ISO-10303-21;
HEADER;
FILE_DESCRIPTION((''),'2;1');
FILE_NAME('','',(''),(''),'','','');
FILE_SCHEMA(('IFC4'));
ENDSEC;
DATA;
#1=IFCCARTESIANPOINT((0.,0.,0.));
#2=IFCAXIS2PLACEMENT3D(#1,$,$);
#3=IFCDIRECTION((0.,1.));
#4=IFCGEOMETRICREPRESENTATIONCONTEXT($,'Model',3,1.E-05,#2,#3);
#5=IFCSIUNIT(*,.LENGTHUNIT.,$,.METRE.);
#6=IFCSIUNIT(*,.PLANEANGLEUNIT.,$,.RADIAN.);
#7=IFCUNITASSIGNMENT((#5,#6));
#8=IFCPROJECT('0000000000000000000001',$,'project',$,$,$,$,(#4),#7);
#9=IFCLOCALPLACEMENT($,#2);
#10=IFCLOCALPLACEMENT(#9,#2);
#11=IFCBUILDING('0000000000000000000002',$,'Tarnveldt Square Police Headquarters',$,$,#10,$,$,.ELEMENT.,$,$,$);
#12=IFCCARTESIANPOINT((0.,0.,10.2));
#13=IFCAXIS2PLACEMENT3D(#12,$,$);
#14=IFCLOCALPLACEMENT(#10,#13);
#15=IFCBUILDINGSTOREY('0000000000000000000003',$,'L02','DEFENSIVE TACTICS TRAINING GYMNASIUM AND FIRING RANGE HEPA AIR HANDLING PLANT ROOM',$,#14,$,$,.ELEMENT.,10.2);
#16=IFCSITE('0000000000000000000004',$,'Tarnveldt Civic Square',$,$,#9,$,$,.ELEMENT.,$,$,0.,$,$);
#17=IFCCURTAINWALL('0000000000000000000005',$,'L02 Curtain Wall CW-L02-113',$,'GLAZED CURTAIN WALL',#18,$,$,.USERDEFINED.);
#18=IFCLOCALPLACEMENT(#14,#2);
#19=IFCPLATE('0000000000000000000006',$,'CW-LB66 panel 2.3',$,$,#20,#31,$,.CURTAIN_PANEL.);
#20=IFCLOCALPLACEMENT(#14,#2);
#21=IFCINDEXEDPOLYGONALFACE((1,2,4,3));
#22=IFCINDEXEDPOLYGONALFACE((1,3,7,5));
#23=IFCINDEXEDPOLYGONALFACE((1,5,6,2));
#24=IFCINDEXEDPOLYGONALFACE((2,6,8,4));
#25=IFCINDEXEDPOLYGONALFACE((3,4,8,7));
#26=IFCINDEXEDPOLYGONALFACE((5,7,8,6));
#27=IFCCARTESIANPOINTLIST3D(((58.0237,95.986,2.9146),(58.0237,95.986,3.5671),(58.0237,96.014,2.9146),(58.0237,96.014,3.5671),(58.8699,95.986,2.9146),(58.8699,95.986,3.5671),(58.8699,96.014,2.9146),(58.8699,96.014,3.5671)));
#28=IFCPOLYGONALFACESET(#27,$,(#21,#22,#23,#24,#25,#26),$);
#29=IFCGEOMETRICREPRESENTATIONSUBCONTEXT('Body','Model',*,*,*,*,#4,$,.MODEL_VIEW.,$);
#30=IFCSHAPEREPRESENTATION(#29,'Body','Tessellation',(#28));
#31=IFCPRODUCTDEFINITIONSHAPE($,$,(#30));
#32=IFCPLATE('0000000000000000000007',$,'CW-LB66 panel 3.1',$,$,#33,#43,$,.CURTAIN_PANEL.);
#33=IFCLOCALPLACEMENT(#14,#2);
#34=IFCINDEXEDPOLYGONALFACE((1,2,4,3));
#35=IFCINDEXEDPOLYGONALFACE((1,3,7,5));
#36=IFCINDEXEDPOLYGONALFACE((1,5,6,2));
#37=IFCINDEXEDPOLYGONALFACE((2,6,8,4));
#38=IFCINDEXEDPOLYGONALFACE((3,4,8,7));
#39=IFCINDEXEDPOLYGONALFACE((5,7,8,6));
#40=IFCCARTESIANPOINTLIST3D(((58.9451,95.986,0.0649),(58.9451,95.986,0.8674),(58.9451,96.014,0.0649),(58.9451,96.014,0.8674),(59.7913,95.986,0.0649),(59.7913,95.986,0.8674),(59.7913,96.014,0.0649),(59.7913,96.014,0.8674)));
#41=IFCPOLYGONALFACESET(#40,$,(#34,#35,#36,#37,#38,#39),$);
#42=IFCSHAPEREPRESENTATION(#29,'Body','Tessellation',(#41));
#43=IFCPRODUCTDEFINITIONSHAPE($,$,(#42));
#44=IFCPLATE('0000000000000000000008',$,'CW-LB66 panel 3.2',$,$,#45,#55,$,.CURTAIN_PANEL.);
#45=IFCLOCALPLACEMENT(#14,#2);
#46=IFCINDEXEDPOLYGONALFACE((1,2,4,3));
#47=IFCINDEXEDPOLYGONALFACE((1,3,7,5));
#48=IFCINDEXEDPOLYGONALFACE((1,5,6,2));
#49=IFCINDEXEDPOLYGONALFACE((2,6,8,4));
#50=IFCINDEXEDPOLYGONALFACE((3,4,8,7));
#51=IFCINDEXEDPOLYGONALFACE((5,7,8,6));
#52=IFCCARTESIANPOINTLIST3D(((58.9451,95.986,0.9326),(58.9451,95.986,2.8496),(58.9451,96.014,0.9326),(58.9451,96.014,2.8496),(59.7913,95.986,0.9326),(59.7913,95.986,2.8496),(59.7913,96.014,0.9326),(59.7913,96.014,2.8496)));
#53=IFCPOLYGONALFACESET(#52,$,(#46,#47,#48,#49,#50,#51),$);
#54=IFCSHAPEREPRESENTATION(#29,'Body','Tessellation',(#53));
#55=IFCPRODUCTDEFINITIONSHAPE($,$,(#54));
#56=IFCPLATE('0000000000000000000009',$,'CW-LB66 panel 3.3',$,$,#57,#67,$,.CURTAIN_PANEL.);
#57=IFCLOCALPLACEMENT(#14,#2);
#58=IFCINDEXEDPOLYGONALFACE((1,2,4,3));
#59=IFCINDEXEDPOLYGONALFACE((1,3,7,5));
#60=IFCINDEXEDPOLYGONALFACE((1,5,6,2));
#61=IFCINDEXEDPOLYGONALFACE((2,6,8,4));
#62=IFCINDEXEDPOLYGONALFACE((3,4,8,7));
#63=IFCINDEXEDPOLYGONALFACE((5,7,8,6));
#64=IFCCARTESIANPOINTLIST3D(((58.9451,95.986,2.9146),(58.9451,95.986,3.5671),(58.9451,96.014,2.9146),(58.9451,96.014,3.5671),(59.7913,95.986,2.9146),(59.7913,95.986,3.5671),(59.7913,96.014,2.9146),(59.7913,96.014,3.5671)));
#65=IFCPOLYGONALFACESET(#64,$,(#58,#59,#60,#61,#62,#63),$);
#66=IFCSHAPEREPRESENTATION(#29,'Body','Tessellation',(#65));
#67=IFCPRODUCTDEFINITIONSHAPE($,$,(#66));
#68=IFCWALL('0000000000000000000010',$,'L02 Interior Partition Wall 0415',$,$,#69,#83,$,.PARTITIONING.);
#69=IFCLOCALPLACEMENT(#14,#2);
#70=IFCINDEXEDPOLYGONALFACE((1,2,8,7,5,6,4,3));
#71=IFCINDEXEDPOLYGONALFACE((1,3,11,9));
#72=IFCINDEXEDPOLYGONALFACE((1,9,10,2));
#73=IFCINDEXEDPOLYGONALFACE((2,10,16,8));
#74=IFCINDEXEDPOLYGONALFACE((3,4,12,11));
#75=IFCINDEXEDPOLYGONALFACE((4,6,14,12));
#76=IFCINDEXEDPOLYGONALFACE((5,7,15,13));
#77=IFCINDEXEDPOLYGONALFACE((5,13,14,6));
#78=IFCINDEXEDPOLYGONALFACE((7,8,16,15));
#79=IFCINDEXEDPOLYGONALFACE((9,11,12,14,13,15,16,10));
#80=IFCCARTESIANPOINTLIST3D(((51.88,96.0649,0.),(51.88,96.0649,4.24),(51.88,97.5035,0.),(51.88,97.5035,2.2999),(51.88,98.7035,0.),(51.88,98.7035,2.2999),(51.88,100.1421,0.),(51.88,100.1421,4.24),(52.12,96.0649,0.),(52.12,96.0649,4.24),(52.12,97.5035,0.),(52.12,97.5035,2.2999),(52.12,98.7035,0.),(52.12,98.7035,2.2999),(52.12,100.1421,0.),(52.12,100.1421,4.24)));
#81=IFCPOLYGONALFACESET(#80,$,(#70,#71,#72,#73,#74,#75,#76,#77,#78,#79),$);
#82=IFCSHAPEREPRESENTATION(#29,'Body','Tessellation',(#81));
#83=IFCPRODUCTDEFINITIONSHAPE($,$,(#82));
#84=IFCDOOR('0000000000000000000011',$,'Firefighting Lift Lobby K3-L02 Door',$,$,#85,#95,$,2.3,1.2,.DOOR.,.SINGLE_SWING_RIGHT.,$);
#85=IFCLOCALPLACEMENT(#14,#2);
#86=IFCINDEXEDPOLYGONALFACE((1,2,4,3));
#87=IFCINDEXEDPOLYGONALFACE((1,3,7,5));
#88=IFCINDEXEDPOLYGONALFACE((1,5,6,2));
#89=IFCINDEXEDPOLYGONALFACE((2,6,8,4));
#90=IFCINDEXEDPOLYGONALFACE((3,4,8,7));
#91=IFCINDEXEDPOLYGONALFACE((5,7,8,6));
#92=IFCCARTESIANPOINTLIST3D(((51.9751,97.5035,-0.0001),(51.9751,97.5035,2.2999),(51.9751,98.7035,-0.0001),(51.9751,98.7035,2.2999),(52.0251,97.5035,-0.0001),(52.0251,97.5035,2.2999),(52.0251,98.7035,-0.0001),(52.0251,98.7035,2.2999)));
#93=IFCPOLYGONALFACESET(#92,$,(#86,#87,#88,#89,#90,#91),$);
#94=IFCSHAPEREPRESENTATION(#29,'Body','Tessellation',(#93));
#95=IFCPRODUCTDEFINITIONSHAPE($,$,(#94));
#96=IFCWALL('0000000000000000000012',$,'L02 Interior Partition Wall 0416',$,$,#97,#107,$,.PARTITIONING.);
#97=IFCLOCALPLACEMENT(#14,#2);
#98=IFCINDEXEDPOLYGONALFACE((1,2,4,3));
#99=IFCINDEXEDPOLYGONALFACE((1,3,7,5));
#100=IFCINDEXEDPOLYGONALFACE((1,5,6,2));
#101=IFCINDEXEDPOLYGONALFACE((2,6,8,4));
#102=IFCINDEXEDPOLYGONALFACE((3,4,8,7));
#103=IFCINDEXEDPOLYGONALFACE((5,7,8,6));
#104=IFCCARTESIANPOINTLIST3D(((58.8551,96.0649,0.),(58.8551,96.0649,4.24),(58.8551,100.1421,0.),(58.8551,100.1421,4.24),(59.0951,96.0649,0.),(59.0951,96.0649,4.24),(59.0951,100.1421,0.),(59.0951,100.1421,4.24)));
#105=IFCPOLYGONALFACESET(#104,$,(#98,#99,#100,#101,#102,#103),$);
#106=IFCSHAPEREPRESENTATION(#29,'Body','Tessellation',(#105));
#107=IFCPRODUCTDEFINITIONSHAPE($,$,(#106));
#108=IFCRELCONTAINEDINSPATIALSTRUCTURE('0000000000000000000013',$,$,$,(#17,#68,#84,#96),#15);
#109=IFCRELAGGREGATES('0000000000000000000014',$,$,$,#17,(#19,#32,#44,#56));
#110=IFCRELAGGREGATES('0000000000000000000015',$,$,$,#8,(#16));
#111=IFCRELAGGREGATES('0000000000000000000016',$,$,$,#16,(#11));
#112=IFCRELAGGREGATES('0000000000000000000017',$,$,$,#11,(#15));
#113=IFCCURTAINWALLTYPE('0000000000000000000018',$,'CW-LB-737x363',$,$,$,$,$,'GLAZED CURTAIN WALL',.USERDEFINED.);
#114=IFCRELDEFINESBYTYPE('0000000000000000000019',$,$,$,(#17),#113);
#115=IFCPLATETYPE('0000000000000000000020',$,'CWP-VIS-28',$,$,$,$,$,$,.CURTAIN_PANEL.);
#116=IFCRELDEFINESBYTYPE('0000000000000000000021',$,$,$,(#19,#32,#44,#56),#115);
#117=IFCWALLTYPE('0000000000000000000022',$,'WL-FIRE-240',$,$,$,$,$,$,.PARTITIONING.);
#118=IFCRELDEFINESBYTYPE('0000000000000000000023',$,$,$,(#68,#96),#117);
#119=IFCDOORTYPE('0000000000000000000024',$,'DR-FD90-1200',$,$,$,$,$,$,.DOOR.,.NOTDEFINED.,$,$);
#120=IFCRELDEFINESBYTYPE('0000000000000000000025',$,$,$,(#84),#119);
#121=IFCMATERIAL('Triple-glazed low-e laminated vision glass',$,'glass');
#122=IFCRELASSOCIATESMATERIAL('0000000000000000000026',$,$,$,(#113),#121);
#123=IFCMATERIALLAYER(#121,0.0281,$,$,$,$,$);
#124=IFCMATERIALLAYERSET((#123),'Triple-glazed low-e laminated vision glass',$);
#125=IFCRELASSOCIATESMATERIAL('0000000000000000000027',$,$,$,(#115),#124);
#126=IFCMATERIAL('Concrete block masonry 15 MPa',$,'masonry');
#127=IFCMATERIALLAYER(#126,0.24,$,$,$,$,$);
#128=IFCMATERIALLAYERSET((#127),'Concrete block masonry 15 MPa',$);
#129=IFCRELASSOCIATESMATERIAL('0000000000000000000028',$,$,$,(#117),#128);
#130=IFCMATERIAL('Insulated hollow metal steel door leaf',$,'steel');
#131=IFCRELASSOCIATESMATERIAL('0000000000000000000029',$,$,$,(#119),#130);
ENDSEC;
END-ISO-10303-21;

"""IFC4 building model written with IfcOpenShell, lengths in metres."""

from ifc_helpers import new_model, si_unit, direction, frame, frame_2d, origin, origin_2d, place, context, subcontext, project, spatial, rectangle, extrude, material, layer, layer_set, type_object, element, fill, aggregate, save


model = new_model("IFC4")

# Units and contexts
model_context = context("Model", 3, precision=1e-05, world=origin(), true_north=direction((0.0, 1.0)))
body_context = subcontext(model_context, "Body", "Model", "MODEL_VIEW")
ifc_project = project(units=[si_unit("LENGTHUNIT", "METRE"), si_unit("PLANEANGLEUNIT", "RADIAN")], contexts=[model_context])

# Site, building, storey
site_placement = place(None, origin())
site = spatial("IfcSite", under=ifc_project, at=site_placement, Name="Tarnveldt Civic Square", CompositionType="ELEMENT", RefElevation=0.0)
building_placement = place(site_placement, origin())
building = spatial("IfcBuilding", under=site, at=building_placement, Name="Tarnveldt Square Police Headquarters", CompositionType="ELEMENT")
storey_placement = place(building_placement, frame((0.0, 0.0, 10.2)))
storey = spatial("IfcBuildingStorey", under=building, at=storey_placement, Name="L02", Description="DEFENSIVE TACTICS TRAINING GYMNASIUM AND FIRING RANGE HEPA AIR HANDLING PLANT ROOM", CompositionType="ELEMENT", Elevation=10.2)

# Curtain wall, plates
ifc_material_1 = material(Name="Triple-glazed low-e laminated vision glass", Category="glass")
curtain_wall_type = type_object("IfcCurtainWallType", Name="CW-LB-737x363", ElementType="GLAZED CURTAIN WALL", PredefinedType="USERDEFINED", material=ifc_material_1)
curtain_wall_placement = place(storey_placement, origin())
curtain_wall = element("IfcCurtainWall", 1, at=curtain_wall_placement, inside=storey, type_object=curtain_wall_type, Name="L02 Curtain Wall CW-L02-113", ObjectType="GLAZED CURTAIN WALL", PredefinedType="USERDEFINED")
ifc_layer_1 = layer(ifc_material_1, 0.0281)
ifc_layer_set_1 = layer_set([ifc_layer_1], Name="Triple-glazed low-e laminated vision glass")
plate_type = type_object("IfcPlateType", Name="CWP-VIS-28", PredefinedType="CURTAIN_PANEL", material=ifc_layer_set_1)
plate_1_placement = place(storey_placement, frame((58.4468, 96.0, 2.9146), z_axis=(0.0, 0.0, 1.0), x_axis=(1.0, 0.0, 0.0)))
plate_1 = element("IfcPlate", 2, at=plate_1_placement, type_object=plate_type, Name="CW-LB66 panel 2.3", PredefinedType="CURTAIN_PANEL", context=body_context, shape_type="SweptSolid", body=[
    extrude(rectangle(XDim=0.8462, YDim=0.0281, at=origin_2d()), origin(), (0.0, 0.0, 1.0), 0.6526),
])
plate_2_placement = place(storey_placement, frame((59.3682, 96.0, 0.0649), z_axis=(0.0, 0.0, 1.0), x_axis=(1.0, 0.0, 0.0)))
plate_2 = element("IfcPlate", 3, at=plate_2_placement, type_object=plate_type, Name="CW-LB66 panel 3.1", PredefinedType="CURTAIN_PANEL", context=body_context, shape_type="SweptSolid", body=[
    extrude(rectangle(XDim=0.8462, YDim=0.0281, at=origin_2d()), origin(), (0.0, 0.0, 1.0), 0.8025),
])
plate_3_placement = place(storey_placement, frame((59.3682, 96.0, 0.9326), z_axis=(0.0, 0.0, 1.0), x_axis=(1.0, 0.0, 0.0)))
plate_3 = element("IfcPlate", 4, at=plate_3_placement, type_object=plate_type, Name="CW-LB66 panel 3.2", PredefinedType="CURTAIN_PANEL", context=body_context, shape_type="SweptSolid", body=[
    extrude(rectangle(XDim=0.8462, YDim=0.0281, at=origin_2d()), origin(), (0.0, 0.0, 1.0), 1.917),
])
plate_4_placement = place(storey_placement, frame((59.3682, 96.0, 2.9146), z_axis=(0.0, 0.0, 1.0), x_axis=(1.0, 0.0, 0.0)))
plate_4 = element("IfcPlate", 5, at=plate_4_placement, type_object=plate_type, Name="CW-LB66 panel 3.3", PredefinedType="CURTAIN_PANEL", context=body_context, shape_type="SweptSolid", body=[
    extrude(rectangle(XDim=0.8462, YDim=0.0281, at=origin_2d()), origin(), (0.0, 0.0, 1.0), 0.6526),
])
aggregate(curtain_wall, [plate_1, plate_2, plate_3, plate_4])

# Wall, opening, door
ifc_material_2 = material(Name="Concrete block masonry 15 MPa", Category="masonry")
ifc_layer_2 = layer(ifc_material_2, 0.24)
ifc_layer_set_2 = layer_set([ifc_layer_2], Name="Concrete block masonry 15 MPa")
wall_type = type_object("IfcWallType", Name="WL-FIRE-240", PredefinedType="PARTITIONING", material=ifc_layer_set_2)
wall_1_placement = place(storey_placement, frame((52.0, 96.0649, 0.0), z_axis=(0.0, 0.0, 1.0), x_axis=(0.0, 1.0, 0.0)))
wall_1 = element("IfcWall", 6, at=wall_1_placement, inside=storey, type_object=wall_type, Name="L02 Interior Partition Wall 0415", PredefinedType="PARTITIONING", context=body_context, shape_type="SweptSolid", body=[
    extrude(rectangle(XDim=4.0771, YDim=0.24, at=frame_2d((2.0386, 0.0))), origin(), (0.0, 0.0, 1.0), 4.24),
])
opening_placement = place(wall_1_placement, frame((1.4385, 0.0, 0.0)))
opening = element("IfcOpeningElement", 7, at=opening_placement, cuts=wall_1, PredefinedType="OPENING", context=body_context, shape_type="SweptSolid", body=[
    extrude(rectangle(XDim=1.2, YDim=2.3, at=frame_2d((0.6001, 1.1499))), frame((0.0, 0.1299, 0.0), z_axis=(0.0, -1.0, 0.0), x_axis=(1.0, 0.0, 0.0)), (0.0, 0.0, 1.0), 0.26),
])
ifc_material_3 = material(Name="Insulated hollow metal steel door leaf", Category="steel")
door_type = type_object("IfcDoorType", Name="DR-FD90-1200", OperationType="NOTDEFINED", PredefinedType="DOOR", material=ifc_material_3)
door_placement = place(opening_placement, origin())
door = element("IfcDoor", 8, at=door_placement, inside=storey, type_object=door_type, Name="Firefighting Lift Lobby K3-L02 Door", OperationType="SINGLE_SWING_RIGHT", OverallHeight=2.3, OverallWidth=1.2, PredefinedType="DOOR", context=body_context, shape_type="SweptSolid", body=[
    extrude(rectangle(XDim=1.2, YDim=2.3, at=frame_2d((0.6001, 1.1499))), frame((0.0, 0.0249, 0.0), z_axis=(0.0, -1.0, 0.0), x_axis=(1.0, 0.0, 0.0)), (0.0, 0.0, 1.0), 0.05),
])
fill(opening, door)

# Wall
wall_2_placement = place(storey_placement, frame((58.9751, 96.0649, 0.0), z_axis=(0.0, 0.0, 1.0), x_axis=(0.0, 1.0, 0.0)))
element("IfcWall", 9, at=wall_2_placement, inside=storey, type_object=wall_type, Name="L02 Interior Partition Wall 0416", PredefinedType="PARTITIONING", context=body_context, shape_type="SweptSolid", body=[
    extrude(rectangle(XDim=4.0771, YDim=0.24, at=frame_2d((2.0386, 0.0))), origin(), (0.0, 0.0, 1.0), 4.24),
])

save(model, "model.ifc")
